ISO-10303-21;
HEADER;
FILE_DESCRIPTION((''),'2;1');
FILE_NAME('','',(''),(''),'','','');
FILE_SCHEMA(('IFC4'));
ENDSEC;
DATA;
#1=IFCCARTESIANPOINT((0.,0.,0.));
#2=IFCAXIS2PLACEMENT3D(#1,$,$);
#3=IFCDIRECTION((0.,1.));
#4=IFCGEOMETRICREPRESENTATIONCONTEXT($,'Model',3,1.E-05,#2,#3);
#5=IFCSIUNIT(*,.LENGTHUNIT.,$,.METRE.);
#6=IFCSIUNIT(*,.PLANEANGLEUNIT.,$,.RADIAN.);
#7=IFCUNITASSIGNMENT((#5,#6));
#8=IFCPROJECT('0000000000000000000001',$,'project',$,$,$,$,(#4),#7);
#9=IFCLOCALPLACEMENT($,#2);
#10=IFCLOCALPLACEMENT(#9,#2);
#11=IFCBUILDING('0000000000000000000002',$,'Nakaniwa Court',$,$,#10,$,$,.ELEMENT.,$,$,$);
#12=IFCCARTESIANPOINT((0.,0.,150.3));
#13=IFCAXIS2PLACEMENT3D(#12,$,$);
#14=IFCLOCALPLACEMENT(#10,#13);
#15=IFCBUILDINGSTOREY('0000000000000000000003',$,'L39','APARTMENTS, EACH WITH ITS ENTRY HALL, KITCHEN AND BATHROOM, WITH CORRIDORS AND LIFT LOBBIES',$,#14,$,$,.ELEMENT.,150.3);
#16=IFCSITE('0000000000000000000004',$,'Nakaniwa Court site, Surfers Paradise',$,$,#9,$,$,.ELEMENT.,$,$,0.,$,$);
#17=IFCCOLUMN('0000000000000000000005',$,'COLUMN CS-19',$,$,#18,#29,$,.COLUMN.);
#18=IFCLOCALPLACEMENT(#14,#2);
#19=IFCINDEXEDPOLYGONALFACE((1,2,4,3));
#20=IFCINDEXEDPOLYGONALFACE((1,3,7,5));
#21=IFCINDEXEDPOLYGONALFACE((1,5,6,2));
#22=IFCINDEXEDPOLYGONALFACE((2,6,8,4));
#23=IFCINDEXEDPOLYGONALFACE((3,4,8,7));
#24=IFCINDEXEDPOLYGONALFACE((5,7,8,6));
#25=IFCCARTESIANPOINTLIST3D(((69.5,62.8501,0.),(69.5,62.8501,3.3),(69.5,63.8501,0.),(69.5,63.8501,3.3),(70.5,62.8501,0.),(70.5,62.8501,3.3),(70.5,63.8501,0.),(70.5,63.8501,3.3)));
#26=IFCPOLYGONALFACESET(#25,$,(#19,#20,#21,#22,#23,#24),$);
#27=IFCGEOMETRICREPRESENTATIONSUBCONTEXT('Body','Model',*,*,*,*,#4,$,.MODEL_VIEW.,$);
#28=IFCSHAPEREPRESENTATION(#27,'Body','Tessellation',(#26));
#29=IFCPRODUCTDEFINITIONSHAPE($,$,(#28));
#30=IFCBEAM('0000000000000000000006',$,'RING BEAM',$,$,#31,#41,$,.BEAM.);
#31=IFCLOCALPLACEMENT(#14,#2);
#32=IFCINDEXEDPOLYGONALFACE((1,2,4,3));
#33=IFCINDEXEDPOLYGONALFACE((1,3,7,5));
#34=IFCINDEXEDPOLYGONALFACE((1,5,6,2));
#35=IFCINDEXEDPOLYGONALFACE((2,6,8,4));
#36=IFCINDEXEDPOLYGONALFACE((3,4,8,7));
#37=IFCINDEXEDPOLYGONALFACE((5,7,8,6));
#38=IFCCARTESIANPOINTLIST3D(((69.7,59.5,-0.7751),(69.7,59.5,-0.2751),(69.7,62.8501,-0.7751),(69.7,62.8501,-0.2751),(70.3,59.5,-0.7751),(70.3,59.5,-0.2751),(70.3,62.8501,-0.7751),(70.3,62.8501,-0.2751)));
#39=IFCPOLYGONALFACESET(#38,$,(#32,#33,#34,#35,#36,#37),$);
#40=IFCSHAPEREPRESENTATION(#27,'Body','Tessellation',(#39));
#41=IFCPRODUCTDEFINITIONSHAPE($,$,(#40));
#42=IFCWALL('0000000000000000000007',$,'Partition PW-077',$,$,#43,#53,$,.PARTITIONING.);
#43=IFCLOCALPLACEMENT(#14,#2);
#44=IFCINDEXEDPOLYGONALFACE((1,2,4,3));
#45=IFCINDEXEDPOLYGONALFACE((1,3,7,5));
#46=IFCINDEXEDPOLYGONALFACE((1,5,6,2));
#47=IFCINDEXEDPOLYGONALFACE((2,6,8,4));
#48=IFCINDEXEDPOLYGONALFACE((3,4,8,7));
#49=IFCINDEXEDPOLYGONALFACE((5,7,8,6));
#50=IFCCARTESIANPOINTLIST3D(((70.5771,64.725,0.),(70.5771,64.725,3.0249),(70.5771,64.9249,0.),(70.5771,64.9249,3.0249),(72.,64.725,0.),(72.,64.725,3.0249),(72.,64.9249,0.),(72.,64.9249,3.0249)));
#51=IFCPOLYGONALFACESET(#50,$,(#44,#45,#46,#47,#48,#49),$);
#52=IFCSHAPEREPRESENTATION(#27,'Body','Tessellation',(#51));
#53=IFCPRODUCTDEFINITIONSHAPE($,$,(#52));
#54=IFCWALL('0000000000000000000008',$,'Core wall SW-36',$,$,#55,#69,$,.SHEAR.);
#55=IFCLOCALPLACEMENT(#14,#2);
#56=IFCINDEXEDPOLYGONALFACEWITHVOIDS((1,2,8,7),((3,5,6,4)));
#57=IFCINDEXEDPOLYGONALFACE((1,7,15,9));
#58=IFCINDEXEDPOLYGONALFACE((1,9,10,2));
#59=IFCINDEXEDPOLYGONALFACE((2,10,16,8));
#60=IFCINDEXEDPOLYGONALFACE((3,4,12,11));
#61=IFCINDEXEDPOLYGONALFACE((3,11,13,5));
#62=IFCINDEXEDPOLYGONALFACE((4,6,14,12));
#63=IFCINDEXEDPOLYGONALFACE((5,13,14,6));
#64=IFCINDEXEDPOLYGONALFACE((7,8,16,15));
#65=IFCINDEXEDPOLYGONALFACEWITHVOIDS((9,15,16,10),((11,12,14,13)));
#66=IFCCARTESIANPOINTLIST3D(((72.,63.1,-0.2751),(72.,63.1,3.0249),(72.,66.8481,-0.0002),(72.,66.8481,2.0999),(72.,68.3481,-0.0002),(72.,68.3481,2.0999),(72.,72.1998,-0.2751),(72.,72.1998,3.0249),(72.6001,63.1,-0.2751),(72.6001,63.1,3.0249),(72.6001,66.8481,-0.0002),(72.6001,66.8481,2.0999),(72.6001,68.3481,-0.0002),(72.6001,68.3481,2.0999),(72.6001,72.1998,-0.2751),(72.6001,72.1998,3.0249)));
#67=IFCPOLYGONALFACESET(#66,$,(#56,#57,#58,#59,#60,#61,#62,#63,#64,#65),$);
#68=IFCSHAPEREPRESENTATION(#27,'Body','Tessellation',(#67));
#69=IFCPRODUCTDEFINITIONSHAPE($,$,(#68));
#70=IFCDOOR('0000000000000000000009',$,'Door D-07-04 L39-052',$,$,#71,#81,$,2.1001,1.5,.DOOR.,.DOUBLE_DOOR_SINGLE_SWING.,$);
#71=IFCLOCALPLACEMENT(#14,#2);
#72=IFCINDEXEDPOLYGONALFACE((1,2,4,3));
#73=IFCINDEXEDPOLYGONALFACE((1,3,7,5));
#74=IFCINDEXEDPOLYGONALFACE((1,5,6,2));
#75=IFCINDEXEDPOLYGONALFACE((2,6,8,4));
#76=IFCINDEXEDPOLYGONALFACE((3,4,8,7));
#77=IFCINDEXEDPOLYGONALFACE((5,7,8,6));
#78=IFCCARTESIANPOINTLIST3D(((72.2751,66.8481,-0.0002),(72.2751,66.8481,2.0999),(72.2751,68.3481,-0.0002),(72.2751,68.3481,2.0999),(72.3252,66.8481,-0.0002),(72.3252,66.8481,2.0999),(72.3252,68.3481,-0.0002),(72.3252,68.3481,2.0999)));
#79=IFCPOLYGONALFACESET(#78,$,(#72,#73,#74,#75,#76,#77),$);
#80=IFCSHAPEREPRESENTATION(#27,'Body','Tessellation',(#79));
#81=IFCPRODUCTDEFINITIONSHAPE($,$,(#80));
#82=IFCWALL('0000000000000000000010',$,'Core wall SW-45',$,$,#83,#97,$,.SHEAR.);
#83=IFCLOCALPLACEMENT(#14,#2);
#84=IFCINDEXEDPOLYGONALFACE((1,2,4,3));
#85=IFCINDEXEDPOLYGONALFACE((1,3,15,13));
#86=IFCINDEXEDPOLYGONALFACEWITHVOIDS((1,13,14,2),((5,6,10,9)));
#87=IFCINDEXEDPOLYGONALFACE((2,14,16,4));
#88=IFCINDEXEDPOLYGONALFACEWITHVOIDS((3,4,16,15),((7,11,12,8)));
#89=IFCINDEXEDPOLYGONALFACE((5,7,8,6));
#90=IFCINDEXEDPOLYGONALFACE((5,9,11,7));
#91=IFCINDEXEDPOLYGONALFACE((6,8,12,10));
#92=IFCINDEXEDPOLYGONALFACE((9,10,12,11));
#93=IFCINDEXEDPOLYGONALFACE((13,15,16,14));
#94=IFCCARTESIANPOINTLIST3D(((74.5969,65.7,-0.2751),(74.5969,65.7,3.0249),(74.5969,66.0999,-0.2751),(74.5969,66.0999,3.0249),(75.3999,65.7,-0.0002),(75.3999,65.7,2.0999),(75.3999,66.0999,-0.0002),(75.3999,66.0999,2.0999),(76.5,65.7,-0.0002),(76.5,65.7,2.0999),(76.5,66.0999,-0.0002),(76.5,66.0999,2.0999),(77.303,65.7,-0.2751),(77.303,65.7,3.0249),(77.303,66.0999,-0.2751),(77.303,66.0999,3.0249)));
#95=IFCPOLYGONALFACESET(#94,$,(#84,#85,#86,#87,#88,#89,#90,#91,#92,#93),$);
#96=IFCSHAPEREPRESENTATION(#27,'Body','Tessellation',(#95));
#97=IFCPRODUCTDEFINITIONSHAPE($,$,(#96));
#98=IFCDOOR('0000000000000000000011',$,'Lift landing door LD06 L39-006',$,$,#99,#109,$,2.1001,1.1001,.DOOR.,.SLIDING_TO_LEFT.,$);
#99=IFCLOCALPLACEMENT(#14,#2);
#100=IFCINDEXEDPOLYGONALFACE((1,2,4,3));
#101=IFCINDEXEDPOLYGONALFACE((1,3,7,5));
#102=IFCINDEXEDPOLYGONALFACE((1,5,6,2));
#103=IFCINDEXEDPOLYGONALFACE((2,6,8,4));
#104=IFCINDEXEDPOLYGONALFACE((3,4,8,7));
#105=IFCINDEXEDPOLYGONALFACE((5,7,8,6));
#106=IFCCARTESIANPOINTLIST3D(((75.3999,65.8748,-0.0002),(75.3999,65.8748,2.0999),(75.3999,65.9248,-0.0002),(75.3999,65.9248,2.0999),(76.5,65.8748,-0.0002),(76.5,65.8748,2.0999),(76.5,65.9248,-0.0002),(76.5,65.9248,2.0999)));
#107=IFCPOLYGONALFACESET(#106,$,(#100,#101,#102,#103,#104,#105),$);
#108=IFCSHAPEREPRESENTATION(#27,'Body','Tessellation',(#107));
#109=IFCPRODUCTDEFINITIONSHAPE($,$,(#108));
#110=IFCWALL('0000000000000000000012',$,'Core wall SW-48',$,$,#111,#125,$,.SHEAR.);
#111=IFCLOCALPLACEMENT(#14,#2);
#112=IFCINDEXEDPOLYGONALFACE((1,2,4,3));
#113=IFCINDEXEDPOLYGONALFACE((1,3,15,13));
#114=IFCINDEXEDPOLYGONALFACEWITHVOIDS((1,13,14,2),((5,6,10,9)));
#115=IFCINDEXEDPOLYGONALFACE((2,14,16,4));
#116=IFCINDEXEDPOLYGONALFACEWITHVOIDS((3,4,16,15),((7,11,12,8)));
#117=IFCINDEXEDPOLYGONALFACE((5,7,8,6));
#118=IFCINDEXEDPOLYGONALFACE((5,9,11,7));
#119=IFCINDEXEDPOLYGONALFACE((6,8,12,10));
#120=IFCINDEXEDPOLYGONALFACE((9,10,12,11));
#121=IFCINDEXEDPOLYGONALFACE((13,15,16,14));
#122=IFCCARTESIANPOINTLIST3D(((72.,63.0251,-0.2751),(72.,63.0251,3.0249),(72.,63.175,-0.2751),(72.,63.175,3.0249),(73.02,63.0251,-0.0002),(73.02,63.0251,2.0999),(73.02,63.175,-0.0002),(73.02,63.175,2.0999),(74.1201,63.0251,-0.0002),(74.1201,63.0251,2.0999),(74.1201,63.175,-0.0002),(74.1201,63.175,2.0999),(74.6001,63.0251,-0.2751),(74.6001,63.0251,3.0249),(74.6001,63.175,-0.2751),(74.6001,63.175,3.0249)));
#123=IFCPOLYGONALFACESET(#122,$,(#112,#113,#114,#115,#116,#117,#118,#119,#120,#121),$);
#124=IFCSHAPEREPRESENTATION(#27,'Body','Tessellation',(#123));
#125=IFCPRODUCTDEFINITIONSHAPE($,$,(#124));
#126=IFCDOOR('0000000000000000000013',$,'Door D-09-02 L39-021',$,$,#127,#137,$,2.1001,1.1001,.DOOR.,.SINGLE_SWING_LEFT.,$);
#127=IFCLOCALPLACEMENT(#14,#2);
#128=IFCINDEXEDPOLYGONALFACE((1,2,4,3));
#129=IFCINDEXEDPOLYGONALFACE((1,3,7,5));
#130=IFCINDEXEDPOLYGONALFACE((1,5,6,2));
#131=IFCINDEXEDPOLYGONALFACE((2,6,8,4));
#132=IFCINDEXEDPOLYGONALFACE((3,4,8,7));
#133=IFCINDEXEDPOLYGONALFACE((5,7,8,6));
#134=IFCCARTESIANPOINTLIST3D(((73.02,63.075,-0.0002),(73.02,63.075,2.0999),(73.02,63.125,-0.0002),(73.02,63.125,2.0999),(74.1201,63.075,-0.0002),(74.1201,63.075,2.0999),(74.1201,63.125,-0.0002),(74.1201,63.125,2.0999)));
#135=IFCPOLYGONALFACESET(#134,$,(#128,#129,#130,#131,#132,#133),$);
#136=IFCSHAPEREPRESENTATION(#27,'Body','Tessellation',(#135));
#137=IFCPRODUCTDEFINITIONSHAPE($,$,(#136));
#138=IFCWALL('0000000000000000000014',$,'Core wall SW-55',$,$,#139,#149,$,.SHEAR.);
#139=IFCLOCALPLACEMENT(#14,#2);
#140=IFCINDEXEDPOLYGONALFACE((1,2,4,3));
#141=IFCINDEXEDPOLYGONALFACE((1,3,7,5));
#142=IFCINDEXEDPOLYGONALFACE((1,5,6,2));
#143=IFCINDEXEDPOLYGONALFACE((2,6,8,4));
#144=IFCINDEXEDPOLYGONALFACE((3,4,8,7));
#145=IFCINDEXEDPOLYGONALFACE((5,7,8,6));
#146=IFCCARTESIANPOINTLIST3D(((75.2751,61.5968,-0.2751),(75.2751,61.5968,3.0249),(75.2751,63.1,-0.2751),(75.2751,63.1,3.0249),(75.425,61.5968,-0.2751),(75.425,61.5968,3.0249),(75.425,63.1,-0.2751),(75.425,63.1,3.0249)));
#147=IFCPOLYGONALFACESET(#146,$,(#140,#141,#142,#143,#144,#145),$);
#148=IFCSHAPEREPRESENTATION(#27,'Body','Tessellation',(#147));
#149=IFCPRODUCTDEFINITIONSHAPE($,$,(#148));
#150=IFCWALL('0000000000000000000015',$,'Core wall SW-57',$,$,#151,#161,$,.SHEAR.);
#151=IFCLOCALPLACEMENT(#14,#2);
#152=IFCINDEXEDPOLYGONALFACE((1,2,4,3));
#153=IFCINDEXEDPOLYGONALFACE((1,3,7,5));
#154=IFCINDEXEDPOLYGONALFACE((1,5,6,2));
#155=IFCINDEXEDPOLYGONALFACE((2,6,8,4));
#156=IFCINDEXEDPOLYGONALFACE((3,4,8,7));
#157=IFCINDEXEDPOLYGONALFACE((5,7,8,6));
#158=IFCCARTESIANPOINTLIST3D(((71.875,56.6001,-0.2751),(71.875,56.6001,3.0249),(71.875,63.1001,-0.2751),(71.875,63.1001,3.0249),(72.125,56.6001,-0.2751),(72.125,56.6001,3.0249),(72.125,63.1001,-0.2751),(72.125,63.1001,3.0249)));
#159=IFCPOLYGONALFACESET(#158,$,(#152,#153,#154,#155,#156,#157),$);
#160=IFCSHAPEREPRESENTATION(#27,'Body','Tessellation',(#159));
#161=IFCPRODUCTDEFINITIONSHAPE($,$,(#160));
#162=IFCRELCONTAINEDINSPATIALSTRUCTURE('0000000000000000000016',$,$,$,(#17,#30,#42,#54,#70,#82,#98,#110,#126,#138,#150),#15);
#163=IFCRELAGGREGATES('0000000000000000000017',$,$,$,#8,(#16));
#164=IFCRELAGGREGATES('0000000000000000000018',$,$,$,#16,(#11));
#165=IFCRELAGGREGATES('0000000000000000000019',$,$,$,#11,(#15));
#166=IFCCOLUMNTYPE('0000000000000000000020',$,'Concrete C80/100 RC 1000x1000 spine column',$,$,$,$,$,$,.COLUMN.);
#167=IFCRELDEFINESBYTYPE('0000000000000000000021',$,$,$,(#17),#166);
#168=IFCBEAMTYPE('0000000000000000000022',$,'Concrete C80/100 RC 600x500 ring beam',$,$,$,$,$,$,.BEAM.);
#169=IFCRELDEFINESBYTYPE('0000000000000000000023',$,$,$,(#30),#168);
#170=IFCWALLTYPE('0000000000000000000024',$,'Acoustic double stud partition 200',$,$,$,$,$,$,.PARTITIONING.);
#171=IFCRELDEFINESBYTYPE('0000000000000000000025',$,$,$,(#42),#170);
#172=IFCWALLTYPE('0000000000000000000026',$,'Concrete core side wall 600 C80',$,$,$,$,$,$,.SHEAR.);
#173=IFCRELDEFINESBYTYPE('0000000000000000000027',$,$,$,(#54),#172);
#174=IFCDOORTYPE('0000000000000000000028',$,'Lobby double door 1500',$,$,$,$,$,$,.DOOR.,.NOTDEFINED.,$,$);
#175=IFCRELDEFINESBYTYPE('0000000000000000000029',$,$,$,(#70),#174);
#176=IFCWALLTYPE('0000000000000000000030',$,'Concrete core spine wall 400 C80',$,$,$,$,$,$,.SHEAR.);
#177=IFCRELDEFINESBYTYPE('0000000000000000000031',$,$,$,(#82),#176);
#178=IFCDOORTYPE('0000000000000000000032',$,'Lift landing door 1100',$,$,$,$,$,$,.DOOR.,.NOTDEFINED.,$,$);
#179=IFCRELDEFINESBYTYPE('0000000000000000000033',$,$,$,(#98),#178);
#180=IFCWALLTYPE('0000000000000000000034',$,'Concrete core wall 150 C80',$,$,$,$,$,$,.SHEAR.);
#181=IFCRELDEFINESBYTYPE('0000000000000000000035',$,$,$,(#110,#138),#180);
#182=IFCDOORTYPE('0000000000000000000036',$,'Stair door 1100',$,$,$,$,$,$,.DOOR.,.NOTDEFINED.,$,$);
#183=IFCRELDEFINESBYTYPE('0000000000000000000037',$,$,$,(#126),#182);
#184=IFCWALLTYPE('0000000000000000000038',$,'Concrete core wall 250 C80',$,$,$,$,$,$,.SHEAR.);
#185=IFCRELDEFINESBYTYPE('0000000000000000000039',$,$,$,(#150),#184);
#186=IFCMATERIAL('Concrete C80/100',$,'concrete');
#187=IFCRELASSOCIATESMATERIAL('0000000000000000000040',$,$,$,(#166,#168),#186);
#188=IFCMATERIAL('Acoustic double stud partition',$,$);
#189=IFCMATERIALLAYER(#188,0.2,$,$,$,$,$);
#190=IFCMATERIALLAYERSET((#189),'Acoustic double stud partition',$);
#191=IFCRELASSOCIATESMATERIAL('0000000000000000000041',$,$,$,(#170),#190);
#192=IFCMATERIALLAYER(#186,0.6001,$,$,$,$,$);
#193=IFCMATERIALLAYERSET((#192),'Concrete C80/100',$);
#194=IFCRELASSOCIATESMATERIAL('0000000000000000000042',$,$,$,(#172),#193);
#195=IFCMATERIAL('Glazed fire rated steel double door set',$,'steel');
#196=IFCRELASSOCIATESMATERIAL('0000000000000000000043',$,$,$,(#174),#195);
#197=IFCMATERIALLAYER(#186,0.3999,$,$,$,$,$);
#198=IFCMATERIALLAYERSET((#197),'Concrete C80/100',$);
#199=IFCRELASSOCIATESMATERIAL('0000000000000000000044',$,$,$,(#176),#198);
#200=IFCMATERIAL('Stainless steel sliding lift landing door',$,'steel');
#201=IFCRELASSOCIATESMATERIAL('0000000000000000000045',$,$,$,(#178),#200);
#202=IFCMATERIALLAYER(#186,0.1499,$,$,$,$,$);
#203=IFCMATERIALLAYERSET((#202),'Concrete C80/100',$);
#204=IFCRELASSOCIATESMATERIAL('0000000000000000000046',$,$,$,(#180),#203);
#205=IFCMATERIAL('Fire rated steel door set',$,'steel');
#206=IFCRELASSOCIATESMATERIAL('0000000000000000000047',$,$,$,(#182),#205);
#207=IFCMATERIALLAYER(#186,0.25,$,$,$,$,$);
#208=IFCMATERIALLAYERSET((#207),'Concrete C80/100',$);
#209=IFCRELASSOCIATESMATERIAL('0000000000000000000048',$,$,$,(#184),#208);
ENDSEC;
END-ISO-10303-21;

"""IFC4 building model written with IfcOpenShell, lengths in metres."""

from ifc_helpers import new_model, si_unit, direction, frame, frame_2d, origin, origin_2d, place, context, subcontext, project, spatial, rectangle, extrude, material, layer, layer_set, material_profile, profile_set, type_object, element, fill, save


model = new_model("IFC4")

# Units and contexts
model_context = context("Model", 3, precision=1e-05, world=origin(), true_north=direction((0.0, 1.0)))
body_context = subcontext(model_context, "Body", "Model", "MODEL_VIEW")
ifc_project = project(units=[si_unit("LENGTHUNIT", "METRE"), si_unit("PLANEANGLEUNIT", "RADIAN")], contexts=[model_context])

# Site, building, storey
site_placement = place(None, origin())
site = spatial("IfcSite", under=ifc_project, at=site_placement, Name="Nakaniwa Court site, Surfers Paradise", CompositionType="ELEMENT", RefElevation=0.0)
building_placement = place(site_placement, origin())
building = spatial("IfcBuilding", under=site, at=building_placement, Name="Nakaniwa Court", CompositionType="ELEMENT")
storey_placement = place(building_placement, frame((0.0, 0.0, 150.3)))
storey = spatial("IfcBuildingStorey", under=building, at=storey_placement, Name="L39", Description="APARTMENTS, EACH WITH ITS ENTRY HALL, KITCHEN AND BATHROOM, WITH CORRIDORS AND LIFT LOBBIES", CompositionType="ELEMENT", Elevation=150.3)

# Column
ifc_material_1 = material(Name="Concrete C80/100", Category="concrete")
ifc_material_profile_1 = material_profile(ifc_material_1, rectangle(XDim=1.0, YDim=1.0, at=origin_2d()), Name="Concrete C80/100 RC 1000x1000 spine column")
ifc_profile_set_1 = profile_set([ifc_material_profile_1], Name="Concrete C80/100")
column_type = type_object("IfcColumnType", Name="Concrete C80/100 RC 1000x1000 spine column", PredefinedType="COLUMN", material=ifc_profile_set_1)
column_placement = place(storey_placement, frame((70.0, 63.3501, 0.0), z_axis=(0.0, 0.0, 1.0), x_axis=(0.0, -1.0, 0.0)))
element("IfcColumn", 1, at=column_placement, inside=storey, type_object=column_type, Name="COLUMN CS-19", PredefinedType="COLUMN", context=body_context, shape_type="SweptSolid", body=[
    extrude(rectangle(XDim=1.0, YDim=1.0, at=origin_2d()), origin(), (0.0, 0.0, 1.0), 3.3),
])

# Beam
ifc_material_profile_2 = material_profile(ifc_material_1, rectangle(XDim=0.6001, YDim=0.5, at=origin_2d()), Name="Concrete C80/100 RC 600x500 ring beam")
ifc_profile_set_2 = profile_set([ifc_material_profile_2], Name="Concrete C80/100")
beam_type = type_object("IfcBeamType", Name="Concrete C80/100 RC 600x500 ring beam", PredefinedType="BEAM", material=ifc_profile_set_2)
beam_placement = place(storey_placement, frame((70.0, 62.8501, -0.5251), z_axis=(0.0, -1.0, 0.0), x_axis=(1.0, 0.0, 0.0)))
element("IfcBeam", 2, at=beam_placement, inside=storey, type_object=beam_type, Name="RING BEAM", PredefinedType="BEAM", context=body_context, shape_type="SweptSolid", body=[
    extrude(rectangle(XDim=0.6001, YDim=0.5, at=origin_2d()), origin(), (0.0, 0.0, 1.0), 3.3501),
])

# Wall
ifc_material_2 = material(Name="Acoustic double stud partition")
ifc_layer_1 = layer(ifc_material_2, 0.2)
ifc_layer_set_1 = layer_set([ifc_layer_1], Name="Acoustic double stud partition")
wall_type_1 = type_object("IfcWallType", Name="Acoustic double stud partition 200", PredefinedType="PARTITIONING", material=ifc_layer_set_1)
wall_1_placement = place(storey_placement, frame((70.5771, 64.825, 0.0), z_axis=(0.0, 0.0, 1.0), x_axis=(1.0, 0.0, 0.0)))
element("IfcWall", 3, at=wall_1_placement, inside=storey, type_object=wall_type_1, Name="Partition PW-077", PredefinedType="PARTITIONING", context=body_context, shape_type="SweptSolid", body=[
    extrude(rectangle(XDim=1.4229, YDim=0.2, at=frame_2d((0.7114, 0.0))), origin(), (0.0, 0.0, 1.0), 3.0249),
])

# Walls, openings, doors
ifc_layer_2 = layer(ifc_material_1, 0.6001)
ifc_layer_set_2 = layer_set([ifc_layer_2], Name="Concrete C80/100")
wall_type_2 = type_object("IfcWallType", Name="Concrete core side wall 600 C80", PredefinedType="SHEAR", material=ifc_layer_set_2)
wall_2_placement = place(storey_placement, frame((72.3, 63.1001, -0.2751), z_axis=(0.0, 0.0, 1.0), x_axis=(0.0, 1.0, 0.0)))
wall_2 = element("IfcWall", 4, at=wall_2_placement, inside=storey, type_object=wall_type_2, Name="Core wall SW-36", PredefinedType="SHEAR", context=body_context, shape_type="SweptSolid", body=[
    extrude(rectangle(XDim=9.0999, YDim=0.6001, at=frame_2d((4.5498, 0.0))), origin(), (0.0, 0.0, 1.0), 3.3),
])
opening_1_placement = place(wall_2_placement, frame((3.748, 0.0, 0.2749)))
opening_1 = element("IfcOpeningElement", 5, at=opening_1_placement, cuts=wall_2, PredefinedType="OPENING", context=body_context, shape_type="SweptSolid", body=[
    extrude(rectangle(XDim=1.5, YDim=2.1001, at=frame_2d((0.75, 1.05))), frame((0.0, 0.3101, 0.0), z_axis=(0.0, -1.0, 0.0), x_axis=(1.0, 0.0, 0.0)), (0.0, 0.0, 1.0), 0.6201),
])
ifc_material_3 = material(Name="Glazed fire rated steel double door set", Category="steel")
door_type_1 = type_object("IfcDoorType", Name="Lobby double door 1500", OperationType="NOTDEFINED", PredefinedType="DOOR", material=ifc_material_3)
door_1_placement = place(opening_1_placement, origin())
door_1 = element("IfcDoor", 6, at=door_1_placement, inside=storey, type_object=door_type_1, Name="Door D-07-04 L39-052", OperationType="DOUBLE_DOOR_SINGLE_SWING", OverallHeight=2.1001, OverallWidth=1.5, PredefinedType="DOOR", context=body_context, shape_type="SweptSolid", body=[
    extrude(rectangle(XDim=1.5, YDim=2.1001, at=frame_2d((0.75, 1.05))), frame((0.0, 0.0249, 0.0), z_axis=(0.0, -1.0, 0.0), x_axis=(1.0, 0.0, 0.0)), (0.0, 0.0, 1.0), 0.05),
])
fill(opening_1, door_1)
ifc_layer_3 = layer(ifc_material_1, 0.3999)
ifc_layer_set_3 = layer_set([ifc_layer_3], Name="Concrete C80/100")
wall_type_3 = type_object("IfcWallType", Name="Concrete core spine wall 400 C80", PredefinedType="SHEAR", material=ifc_layer_set_3)
wall_3_placement = place(storey_placement, frame((74.5969, 65.8999, -0.2751), z_axis=(0.0, 0.0, 1.0), x_axis=(1.0, 0.0, 0.0)))
wall_3 = element("IfcWall", 7, at=wall_3_placement, inside=storey, type_object=wall_type_3, Name="Core wall SW-45", PredefinedType="SHEAR", context=body_context, shape_type="SweptSolid", body=[
    extrude(rectangle(XDim=2.7061, YDim=0.3999, at=frame_2d((1.353, 0.0))), origin(), (0.0, 0.0, 1.0), 3.3),
])
opening_2_placement = place(wall_3_placement, frame((0.803, 0.0, 0.2749)))
opening_2 = element("IfcOpeningElement", 8, at=opening_2_placement, cuts=wall_3, PredefinedType="OPENING", context=body_context, shape_type="SweptSolid", body=[
    extrude(rectangle(XDim=1.1001, YDim=2.1001, at=frame_2d((0.55, 1.05))), frame((0.0, 0.21, 0.0), z_axis=(0.0, -1.0, 0.0), x_axis=(1.0, 0.0, 0.0)), (0.0, 0.0, 1.0), 0.4199),
])
ifc_material_4 = material(Name="Stainless steel sliding lift landing door", Category="steel")
door_type_2 = type_object("IfcDoorType", Name="Lift landing door 1100", OperationType="NOTDEFINED", PredefinedType="DOOR", material=ifc_material_4)
door_2_placement = place(opening_2_placement, origin())
door_2 = element("IfcDoor", 9, at=door_2_placement, inside=storey, type_object=door_type_2, Name="Lift landing door LD06 L39-006", OperationType="SLIDING_TO_LEFT", OverallHeight=2.1001, OverallWidth=1.1001, PredefinedType="DOOR", context=body_context, shape_type="SweptSolid", body=[
    extrude(rectangle(XDim=1.1001, YDim=2.1001, at=frame_2d((0.55, 1.05))), frame((0.0, 0.0249, 0.0), z_axis=(0.0, -1.0, 0.0), x_axis=(1.0, 0.0, 0.0)), (0.0, 0.0, 1.0), 0.05),
])
fill(opening_2, door_2)
ifc_layer_4 = layer(ifc_material_1, 0.1499)
ifc_layer_set_4 = layer_set([ifc_layer_4], Name="Concrete C80/100")
wall_type_4 = type_object("IfcWallType", Name="Concrete core wall 150 C80", PredefinedType="SHEAR", material=ifc_layer_set_4)
wall_4_placement = place(storey_placement, frame((72.0, 63.1001, -0.2751), z_axis=(0.0, 0.0, 1.0), x_axis=(1.0, 0.0, 0.0)))
wall_4 = element("IfcWall", 10, at=wall_4_placement, inside=storey, type_object=wall_type_4, Name="Core wall SW-48", PredefinedType="SHEAR", context=body_context, shape_type="SweptSolid", body=[
    extrude(rectangle(XDim=2.6001, YDim=0.1499, at=frame_2d((1.3, 0.0))), origin(), (0.0, 0.0, 1.0), 3.3),
])
opening_3_placement = place(wall_4_placement, frame((1.02, 0.0, 0.2749)))
opening_3 = element("IfcOpeningElement", 11, at=opening_3_placement, cuts=wall_4, PredefinedType="OPENING", context=body_context, shape_type="SweptSolid", body=[
    extrude(rectangle(XDim=1.1001, YDim=2.1001, at=frame_2d((0.55, 1.05))), frame((0.0, 0.085, 0.0), z_axis=(0.0, -1.0, 0.0), x_axis=(1.0, 0.0, 0.0)), (0.0, 0.0, 1.0), 0.1699),
])
ifc_material_5 = material(Name="Fire rated steel door set", Category="steel")
door_type_3 = type_object("IfcDoorType", Name="Stair door 1100", OperationType="NOTDEFINED", PredefinedType="DOOR", material=ifc_material_5)
door_3_placement = place(opening_3_placement, origin())
door_3 = element("IfcDoor", 12, at=door_3_placement, inside=storey, type_object=door_type_3, Name="Door D-09-02 L39-021", OperationType="SINGLE_SWING_LEFT", OverallHeight=2.1001, OverallWidth=1.1001, PredefinedType="DOOR", context=body_context, shape_type="SweptSolid", body=[
    extrude(rectangle(XDim=1.1001, YDim=2.1001, at=frame_2d((0.55, 1.05))), frame((0.0, 0.0249, 0.0), z_axis=(0.0, -1.0, 0.0), x_axis=(1.0, 0.0, 0.0)), (0.0, 0.0, 1.0), 0.05),
])
fill(opening_3, door_3)

# Walls
wall_5_placement = place(storey_placement, frame((75.3501, 61.5969, -0.2751), z_axis=(0.0, 0.0, 1.0), x_axis=(0.0, 1.0, 0.0)))
element("IfcWall", 13, at=wall_5_placement, inside=storey, type_object=wall_type_4, Name="Core wall SW-55", PredefinedType="SHEAR", context=body_context, shape_type="SweptSolid", body=[
    extrude(rectangle(XDim=1.5032, YDim=0.1499, at=frame_2d((0.7515, 0.0))), origin(), (0.0, 0.0, 1.0), 3.3),
])
ifc_layer_5 = layer(ifc_material_1, 0.25)
ifc_layer_set_5 = layer_set([ifc_layer_5], Name="Concrete C80/100")
wall_type_5 = type_object("IfcWallType", Name="Concrete core wall 250 C80", PredefinedType="SHEAR", material=ifc_layer_set_5)
wall_6_placement = place(storey_placement, frame((72.0, 56.6001, -0.2751), z_axis=(0.0, 0.0, 1.0), x_axis=(0.0, 1.0, 0.0)))
element("IfcWall", 14, at=wall_6_placement, inside=storey, type_object=wall_type_5, Name="Core wall SW-57", PredefinedType="SHEAR", context=body_context, shape_type="SweptSolid", body=[
    extrude(rectangle(XDim=6.5, YDim=0.25, at=frame_2d((3.25, 0.0))), origin(), (0.0, 0.0, 1.0), 3.3),
])

save(model, "model.ifc")
